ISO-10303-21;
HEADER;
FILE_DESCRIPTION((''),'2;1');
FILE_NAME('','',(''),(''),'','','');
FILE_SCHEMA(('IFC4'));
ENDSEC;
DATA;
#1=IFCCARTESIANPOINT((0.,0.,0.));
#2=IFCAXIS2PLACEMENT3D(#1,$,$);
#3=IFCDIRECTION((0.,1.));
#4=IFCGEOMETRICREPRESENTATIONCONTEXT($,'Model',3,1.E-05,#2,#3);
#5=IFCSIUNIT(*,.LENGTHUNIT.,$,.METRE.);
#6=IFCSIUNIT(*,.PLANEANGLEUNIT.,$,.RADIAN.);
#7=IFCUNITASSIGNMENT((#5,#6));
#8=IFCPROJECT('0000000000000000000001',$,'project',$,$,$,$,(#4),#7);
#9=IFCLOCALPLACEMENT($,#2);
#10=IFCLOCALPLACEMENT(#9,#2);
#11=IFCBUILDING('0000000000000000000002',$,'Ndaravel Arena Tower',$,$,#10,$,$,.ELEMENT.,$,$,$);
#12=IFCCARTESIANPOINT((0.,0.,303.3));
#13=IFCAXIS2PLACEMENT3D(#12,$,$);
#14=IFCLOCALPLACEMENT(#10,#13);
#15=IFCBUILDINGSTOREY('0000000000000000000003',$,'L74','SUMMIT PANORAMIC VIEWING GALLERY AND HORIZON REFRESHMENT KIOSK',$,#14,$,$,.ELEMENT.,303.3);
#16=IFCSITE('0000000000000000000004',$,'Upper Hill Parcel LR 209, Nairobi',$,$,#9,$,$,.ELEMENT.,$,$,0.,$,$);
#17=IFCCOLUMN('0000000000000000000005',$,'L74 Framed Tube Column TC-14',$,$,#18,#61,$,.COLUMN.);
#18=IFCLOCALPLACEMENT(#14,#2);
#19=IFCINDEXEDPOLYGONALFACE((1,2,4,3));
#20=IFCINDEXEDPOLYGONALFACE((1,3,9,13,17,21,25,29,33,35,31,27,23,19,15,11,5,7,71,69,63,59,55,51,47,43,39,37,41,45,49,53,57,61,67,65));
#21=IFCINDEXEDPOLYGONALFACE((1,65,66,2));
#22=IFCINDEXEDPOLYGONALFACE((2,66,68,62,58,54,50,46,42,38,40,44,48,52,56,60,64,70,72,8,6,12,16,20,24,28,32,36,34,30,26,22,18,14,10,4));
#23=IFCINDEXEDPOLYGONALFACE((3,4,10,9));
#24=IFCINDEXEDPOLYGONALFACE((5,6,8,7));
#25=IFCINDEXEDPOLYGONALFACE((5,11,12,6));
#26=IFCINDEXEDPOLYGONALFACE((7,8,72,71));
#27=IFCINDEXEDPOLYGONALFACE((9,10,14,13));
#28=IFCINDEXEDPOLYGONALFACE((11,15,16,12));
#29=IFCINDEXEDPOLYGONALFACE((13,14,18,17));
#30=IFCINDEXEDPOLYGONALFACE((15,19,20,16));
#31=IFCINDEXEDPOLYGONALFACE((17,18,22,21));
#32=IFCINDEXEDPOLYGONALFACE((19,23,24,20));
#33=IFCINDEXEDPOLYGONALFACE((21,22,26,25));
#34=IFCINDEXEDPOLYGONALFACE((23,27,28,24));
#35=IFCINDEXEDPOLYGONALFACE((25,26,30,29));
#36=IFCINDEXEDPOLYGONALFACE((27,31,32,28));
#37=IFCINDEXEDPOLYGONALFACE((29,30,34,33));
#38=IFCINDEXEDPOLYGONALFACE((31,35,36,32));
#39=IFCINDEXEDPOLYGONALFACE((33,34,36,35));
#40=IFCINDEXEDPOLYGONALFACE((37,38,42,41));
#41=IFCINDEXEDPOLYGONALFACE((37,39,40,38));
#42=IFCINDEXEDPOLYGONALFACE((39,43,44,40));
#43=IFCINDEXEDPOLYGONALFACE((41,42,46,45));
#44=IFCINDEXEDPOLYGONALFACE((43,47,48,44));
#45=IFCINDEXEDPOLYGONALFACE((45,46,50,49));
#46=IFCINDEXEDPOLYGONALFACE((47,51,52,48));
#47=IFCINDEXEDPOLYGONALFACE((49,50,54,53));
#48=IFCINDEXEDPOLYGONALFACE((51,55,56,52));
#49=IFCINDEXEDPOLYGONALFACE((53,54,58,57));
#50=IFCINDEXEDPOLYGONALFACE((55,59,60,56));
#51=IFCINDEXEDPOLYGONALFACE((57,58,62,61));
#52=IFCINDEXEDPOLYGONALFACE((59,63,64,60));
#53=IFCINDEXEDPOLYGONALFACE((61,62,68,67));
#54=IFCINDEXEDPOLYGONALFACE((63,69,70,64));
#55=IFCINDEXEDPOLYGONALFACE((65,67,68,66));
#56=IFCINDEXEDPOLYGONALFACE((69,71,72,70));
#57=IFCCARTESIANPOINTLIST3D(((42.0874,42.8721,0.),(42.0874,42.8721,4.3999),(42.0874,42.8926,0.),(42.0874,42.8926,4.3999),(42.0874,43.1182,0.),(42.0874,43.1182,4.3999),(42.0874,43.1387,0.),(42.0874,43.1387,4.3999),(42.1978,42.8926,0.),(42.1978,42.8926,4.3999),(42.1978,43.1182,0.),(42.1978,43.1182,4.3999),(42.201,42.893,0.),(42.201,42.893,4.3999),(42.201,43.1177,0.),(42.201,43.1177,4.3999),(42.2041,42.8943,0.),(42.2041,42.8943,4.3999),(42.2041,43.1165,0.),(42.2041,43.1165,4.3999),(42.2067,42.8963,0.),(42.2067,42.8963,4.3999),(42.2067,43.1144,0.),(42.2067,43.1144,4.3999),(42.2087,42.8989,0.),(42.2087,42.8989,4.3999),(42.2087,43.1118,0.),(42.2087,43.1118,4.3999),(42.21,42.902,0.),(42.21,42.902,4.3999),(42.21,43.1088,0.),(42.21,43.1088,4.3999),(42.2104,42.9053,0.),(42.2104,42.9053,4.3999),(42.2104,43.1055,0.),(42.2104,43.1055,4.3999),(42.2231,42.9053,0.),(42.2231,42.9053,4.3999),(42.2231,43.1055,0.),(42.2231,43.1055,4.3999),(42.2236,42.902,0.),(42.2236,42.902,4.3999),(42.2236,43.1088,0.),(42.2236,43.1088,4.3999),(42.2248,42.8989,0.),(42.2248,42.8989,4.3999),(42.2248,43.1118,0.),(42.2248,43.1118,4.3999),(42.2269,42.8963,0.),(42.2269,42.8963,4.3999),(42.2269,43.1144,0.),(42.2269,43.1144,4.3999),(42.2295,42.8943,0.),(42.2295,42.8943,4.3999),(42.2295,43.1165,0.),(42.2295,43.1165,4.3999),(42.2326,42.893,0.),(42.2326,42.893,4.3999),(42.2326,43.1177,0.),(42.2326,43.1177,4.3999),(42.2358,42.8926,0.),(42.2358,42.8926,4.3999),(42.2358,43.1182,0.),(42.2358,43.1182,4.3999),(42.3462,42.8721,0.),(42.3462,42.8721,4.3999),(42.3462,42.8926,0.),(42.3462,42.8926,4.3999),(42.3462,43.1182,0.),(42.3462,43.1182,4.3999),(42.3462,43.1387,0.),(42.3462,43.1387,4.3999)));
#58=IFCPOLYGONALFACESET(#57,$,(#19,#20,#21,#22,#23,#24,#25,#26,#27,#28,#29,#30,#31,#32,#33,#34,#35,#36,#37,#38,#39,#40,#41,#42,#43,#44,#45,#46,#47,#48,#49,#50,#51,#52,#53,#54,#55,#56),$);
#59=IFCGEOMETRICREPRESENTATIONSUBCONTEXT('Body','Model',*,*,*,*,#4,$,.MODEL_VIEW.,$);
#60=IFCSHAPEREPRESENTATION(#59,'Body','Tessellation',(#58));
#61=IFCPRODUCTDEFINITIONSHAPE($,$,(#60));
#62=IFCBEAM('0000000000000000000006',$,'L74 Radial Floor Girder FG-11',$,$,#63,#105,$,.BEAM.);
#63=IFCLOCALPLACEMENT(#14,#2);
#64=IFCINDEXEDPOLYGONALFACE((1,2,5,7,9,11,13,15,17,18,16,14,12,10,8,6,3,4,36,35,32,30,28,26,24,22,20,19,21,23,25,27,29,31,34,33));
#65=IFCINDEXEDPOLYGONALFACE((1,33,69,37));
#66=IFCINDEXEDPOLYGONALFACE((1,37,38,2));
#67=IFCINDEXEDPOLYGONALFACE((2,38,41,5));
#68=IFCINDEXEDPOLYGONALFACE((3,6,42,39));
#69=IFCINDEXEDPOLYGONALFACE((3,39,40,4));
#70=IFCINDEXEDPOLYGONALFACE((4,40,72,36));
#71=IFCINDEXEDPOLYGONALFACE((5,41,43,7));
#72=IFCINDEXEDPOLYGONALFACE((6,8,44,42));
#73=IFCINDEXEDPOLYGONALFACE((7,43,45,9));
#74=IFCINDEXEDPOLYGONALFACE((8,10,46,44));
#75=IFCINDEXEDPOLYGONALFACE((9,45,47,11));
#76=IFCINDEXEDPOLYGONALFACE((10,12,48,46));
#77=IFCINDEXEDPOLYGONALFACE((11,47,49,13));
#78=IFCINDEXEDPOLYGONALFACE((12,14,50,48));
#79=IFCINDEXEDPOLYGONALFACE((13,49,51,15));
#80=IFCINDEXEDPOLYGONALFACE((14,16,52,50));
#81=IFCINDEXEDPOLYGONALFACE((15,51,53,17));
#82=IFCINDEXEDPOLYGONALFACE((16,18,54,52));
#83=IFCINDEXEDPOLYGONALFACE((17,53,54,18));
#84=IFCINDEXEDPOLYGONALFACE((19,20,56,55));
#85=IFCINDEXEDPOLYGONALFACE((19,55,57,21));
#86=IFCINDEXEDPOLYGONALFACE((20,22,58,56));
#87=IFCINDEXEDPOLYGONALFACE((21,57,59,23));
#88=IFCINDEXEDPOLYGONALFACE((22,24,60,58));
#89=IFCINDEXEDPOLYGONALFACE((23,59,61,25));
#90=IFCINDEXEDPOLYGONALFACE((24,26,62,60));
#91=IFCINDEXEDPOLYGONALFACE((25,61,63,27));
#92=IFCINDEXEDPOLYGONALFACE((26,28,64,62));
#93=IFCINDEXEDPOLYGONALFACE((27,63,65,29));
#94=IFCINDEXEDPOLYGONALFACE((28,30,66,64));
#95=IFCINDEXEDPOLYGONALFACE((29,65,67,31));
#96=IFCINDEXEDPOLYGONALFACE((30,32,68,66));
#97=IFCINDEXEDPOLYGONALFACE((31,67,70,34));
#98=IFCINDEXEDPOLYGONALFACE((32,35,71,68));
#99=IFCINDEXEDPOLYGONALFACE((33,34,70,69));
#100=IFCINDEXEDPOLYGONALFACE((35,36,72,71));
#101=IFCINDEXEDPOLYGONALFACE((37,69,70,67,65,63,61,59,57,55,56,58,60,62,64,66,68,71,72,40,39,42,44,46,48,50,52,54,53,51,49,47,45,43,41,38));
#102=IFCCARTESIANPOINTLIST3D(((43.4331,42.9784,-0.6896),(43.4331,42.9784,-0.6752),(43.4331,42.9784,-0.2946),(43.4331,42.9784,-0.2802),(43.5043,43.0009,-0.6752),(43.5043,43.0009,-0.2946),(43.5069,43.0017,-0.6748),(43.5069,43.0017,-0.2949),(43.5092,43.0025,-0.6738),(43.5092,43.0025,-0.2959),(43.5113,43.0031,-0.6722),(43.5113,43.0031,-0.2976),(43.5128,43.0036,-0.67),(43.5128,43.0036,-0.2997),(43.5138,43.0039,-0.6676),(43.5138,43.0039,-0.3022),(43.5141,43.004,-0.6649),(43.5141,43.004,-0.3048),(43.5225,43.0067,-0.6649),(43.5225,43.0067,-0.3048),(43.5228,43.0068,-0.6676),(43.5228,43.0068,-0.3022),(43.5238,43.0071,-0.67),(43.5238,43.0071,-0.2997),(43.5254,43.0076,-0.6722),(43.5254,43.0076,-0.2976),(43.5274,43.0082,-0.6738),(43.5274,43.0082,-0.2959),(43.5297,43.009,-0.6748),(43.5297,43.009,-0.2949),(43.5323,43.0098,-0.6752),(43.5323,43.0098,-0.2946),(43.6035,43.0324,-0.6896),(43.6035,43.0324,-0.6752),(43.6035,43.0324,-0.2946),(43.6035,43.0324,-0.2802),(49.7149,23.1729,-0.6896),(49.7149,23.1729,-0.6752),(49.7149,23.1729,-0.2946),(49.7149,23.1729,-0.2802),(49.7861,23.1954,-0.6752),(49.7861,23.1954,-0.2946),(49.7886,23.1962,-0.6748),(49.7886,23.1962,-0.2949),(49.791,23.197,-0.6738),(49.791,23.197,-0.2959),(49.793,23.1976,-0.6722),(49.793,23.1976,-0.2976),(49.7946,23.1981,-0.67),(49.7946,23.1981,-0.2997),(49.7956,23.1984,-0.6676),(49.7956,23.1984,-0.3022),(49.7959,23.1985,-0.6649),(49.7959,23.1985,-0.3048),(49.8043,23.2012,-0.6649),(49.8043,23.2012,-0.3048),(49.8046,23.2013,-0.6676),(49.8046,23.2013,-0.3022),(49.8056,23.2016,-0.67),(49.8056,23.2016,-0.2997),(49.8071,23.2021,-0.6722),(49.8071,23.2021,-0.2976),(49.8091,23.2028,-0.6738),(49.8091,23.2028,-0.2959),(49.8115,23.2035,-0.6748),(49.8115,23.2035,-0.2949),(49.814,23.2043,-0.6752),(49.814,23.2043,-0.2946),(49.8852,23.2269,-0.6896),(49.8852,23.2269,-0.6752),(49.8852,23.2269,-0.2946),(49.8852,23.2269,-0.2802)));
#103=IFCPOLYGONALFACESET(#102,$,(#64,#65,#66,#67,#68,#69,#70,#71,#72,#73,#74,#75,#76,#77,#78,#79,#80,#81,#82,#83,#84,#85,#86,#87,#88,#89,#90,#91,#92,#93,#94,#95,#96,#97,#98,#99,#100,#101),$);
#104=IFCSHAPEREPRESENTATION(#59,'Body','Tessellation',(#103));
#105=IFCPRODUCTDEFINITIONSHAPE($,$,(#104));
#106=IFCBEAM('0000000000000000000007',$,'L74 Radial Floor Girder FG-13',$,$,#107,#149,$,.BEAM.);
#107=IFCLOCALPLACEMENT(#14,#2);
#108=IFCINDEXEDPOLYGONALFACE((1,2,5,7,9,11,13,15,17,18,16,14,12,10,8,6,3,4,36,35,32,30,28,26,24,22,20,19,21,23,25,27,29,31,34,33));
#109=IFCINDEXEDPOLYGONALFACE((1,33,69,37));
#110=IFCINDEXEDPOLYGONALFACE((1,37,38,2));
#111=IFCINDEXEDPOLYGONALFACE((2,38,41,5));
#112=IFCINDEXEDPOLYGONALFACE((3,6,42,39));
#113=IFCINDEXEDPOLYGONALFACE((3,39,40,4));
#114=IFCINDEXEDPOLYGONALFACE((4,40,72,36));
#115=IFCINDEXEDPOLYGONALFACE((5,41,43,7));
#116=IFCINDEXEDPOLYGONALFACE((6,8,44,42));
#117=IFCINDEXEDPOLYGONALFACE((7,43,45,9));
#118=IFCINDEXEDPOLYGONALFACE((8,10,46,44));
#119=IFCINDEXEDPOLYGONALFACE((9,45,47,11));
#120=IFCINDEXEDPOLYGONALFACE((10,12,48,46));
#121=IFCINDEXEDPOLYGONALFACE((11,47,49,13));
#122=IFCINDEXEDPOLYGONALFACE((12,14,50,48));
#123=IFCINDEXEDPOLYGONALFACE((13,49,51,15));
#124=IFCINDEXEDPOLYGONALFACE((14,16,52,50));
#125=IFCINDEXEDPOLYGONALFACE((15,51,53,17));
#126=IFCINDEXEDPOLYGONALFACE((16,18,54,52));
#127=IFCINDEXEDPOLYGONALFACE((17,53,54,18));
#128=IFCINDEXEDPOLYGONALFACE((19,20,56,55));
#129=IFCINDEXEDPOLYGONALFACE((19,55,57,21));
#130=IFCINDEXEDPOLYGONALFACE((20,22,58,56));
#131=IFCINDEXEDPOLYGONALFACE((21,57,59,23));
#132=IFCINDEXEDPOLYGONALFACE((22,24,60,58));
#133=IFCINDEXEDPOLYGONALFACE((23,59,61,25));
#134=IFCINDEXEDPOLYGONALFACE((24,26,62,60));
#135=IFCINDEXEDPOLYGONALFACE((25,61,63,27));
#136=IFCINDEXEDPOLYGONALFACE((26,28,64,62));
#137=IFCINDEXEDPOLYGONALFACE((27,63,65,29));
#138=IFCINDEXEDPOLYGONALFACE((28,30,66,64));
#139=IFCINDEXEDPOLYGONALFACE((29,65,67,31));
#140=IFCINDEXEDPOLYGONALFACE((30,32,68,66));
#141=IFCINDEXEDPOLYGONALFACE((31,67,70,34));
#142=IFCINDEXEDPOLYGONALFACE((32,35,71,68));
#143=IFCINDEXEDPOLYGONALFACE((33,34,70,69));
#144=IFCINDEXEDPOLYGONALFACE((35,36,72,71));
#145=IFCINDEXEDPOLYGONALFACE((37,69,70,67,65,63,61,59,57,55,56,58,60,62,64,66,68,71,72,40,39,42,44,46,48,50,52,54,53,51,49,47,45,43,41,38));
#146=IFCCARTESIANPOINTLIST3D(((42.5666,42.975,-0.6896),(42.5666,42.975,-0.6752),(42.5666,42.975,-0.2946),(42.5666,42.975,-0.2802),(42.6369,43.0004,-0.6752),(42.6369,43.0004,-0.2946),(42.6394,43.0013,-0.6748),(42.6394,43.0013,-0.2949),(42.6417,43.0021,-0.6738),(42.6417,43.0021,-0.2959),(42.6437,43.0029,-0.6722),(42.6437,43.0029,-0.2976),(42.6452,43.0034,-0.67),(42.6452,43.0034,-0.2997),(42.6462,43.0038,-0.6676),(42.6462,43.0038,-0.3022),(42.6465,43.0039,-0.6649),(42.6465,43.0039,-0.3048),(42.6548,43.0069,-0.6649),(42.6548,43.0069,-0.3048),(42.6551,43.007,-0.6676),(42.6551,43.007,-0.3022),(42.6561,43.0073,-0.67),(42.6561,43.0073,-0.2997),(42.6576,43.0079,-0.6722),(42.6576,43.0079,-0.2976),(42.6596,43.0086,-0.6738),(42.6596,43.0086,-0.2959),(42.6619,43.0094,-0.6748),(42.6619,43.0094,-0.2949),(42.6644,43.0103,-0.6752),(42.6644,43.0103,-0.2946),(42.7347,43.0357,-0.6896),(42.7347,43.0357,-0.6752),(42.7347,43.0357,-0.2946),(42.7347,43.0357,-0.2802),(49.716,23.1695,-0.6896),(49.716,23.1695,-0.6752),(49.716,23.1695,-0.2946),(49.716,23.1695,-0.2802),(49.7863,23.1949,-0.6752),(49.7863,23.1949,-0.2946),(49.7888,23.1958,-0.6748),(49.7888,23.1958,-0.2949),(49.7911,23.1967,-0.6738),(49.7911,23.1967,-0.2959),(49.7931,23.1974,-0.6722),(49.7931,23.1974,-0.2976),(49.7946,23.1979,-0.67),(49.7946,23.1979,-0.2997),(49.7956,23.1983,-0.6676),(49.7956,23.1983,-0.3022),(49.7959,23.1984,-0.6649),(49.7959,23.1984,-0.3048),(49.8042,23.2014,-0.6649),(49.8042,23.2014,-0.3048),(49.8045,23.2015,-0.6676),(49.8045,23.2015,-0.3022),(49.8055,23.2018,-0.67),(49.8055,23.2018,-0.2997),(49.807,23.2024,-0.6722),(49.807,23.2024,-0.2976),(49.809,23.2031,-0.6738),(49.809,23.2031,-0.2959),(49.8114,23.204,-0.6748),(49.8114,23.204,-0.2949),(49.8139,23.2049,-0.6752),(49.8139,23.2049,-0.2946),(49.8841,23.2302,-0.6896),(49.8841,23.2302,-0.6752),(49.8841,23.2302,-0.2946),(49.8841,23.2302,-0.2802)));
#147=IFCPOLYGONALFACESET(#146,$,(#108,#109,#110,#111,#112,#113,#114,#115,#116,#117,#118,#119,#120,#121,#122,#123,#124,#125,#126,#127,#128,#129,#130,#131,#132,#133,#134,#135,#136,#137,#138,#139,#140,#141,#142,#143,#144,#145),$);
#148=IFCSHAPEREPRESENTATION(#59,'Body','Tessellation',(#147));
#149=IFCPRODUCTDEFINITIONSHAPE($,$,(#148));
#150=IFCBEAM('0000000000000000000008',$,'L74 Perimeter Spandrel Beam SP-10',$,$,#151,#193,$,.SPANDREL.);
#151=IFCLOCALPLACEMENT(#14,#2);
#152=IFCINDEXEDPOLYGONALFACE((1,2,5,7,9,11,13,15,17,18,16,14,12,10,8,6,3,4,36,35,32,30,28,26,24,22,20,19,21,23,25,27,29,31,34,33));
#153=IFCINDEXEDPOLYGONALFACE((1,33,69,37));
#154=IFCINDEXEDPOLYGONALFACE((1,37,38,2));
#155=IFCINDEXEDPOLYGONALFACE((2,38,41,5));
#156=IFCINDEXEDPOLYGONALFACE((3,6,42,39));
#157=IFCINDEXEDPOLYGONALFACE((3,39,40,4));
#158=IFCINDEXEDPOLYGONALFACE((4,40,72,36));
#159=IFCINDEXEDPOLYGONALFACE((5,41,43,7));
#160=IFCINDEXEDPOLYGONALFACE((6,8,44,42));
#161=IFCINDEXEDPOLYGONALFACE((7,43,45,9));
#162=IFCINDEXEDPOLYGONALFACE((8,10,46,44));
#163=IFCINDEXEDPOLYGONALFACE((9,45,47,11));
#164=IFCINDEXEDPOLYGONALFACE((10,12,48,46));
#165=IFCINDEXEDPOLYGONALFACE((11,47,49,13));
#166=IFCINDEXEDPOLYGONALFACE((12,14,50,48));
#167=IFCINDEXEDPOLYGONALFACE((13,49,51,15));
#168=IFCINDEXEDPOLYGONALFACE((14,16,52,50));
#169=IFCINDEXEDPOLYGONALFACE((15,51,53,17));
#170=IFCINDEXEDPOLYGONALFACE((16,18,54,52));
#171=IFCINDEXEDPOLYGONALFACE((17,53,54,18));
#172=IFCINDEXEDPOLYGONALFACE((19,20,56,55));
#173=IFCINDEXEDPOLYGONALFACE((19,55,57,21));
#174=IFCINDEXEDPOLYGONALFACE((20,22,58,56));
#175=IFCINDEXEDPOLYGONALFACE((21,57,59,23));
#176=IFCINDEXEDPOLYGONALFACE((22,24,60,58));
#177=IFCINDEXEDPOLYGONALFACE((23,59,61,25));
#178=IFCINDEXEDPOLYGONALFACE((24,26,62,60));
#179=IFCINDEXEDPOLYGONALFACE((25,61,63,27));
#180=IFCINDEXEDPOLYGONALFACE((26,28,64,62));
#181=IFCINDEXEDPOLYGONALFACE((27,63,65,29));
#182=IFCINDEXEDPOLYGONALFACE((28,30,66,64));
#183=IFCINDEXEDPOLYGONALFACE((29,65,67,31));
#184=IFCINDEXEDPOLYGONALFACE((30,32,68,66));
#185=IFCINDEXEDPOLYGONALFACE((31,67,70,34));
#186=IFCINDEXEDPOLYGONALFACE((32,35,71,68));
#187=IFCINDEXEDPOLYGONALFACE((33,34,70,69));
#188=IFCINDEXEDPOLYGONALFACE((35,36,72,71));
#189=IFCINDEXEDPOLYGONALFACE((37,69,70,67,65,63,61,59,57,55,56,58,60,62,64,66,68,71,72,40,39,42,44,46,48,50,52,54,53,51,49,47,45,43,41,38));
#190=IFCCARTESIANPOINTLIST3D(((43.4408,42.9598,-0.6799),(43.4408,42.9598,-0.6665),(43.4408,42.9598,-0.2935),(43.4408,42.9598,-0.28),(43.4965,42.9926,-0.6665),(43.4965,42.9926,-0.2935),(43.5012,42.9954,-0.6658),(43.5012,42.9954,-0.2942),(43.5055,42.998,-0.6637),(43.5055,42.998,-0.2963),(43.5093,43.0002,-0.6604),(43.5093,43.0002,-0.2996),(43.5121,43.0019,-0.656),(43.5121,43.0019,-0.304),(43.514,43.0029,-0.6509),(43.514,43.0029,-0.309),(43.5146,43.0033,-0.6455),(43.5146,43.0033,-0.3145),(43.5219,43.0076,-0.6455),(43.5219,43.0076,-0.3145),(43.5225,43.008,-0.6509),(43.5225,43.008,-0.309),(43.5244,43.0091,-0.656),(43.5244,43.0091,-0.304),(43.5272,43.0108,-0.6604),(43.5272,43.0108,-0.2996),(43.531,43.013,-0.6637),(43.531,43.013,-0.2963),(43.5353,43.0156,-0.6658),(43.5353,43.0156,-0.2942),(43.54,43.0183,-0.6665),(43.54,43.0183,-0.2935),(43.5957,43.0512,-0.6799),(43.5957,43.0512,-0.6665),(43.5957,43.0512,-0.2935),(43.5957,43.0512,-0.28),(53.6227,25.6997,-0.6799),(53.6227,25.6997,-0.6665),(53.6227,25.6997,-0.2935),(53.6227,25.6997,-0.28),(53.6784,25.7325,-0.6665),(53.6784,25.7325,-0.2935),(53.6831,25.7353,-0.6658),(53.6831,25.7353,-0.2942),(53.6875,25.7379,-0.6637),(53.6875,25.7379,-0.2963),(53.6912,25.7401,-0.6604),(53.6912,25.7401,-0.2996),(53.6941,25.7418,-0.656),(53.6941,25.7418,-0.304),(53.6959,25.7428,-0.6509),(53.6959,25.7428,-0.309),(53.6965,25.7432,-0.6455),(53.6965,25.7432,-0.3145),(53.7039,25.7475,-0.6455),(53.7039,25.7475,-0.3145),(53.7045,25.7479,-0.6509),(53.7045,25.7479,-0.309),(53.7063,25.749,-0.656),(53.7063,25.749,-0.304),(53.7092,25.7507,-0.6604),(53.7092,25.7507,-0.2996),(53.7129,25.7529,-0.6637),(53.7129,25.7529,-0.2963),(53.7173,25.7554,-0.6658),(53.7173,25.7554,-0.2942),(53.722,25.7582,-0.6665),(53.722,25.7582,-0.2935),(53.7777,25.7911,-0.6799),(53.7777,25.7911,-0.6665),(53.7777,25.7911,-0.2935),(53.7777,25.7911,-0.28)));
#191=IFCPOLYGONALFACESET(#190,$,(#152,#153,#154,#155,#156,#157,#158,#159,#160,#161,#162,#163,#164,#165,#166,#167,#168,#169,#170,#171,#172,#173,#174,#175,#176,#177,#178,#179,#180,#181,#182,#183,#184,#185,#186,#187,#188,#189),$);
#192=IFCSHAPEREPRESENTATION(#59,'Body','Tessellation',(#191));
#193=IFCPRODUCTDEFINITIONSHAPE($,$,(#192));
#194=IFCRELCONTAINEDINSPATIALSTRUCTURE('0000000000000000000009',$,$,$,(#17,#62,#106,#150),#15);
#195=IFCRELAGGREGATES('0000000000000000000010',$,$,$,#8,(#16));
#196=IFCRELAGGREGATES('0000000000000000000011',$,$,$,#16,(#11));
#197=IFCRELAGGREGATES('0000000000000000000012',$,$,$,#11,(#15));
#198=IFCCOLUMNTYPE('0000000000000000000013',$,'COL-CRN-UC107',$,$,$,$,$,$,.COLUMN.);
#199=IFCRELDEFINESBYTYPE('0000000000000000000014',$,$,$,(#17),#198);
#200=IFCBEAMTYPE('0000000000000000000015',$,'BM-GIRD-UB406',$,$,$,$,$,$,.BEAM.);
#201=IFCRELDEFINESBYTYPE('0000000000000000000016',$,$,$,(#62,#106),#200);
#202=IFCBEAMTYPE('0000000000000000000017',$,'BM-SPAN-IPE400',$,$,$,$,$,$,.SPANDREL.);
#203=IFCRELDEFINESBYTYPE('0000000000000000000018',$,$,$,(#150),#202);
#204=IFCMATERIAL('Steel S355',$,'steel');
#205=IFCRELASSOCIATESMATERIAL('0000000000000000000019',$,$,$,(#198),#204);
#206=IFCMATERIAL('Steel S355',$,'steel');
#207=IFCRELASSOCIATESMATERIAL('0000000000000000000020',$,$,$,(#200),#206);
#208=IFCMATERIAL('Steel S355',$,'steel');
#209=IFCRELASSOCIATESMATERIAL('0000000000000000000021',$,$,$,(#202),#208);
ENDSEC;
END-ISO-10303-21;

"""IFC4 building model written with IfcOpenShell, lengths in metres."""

from ifc_helpers import new_model, si_unit, direction, frame, origin, origin_2d, place, context, subcontext, project, spatial, i_section, extrude, material, material_profile, profile_set, type_object, element, save


model = new_model("IFC4")

# Units and contexts
model_context = context("Model", 3, precision=1e-05, world=origin(), true_north=direction((0.0, 1.0)))
body_context = subcontext(model_context, "Body", "Model", "MODEL_VIEW")
ifc_project = project(units=[si_unit("LENGTHUNIT", "METRE"), si_unit("PLANEANGLEUNIT", "RADIAN")], contexts=[model_context])

# Site, building, storey
site_placement = place(None, origin())
site = spatial("IfcSite", under=ifc_project, at=site_placement, Name="Upper Hill Parcel LR 209, Nairobi", CompositionType="ELEMENT", RefElevation=0.0)
building_placement = place(site_placement, origin())
building = spatial("IfcBuilding", under=site, at=building_placement, Name="Ndaravel Arena Tower", CompositionType="ELEMENT")
storey_placement = place(building_placement, frame((0.0, 0.0, 303.3)))
storey = spatial("IfcBuildingStorey", under=building, at=storey_placement, Name="L74", Description="SUMMIT PANORAMIC VIEWING GALLERY AND HORIZON REFRESHMENT KIOSK", CompositionType="ELEMENT", Elevation=303.3)

# Column
ifc_material_1 = material(Name="Steel S355", Category="steel")
ifc_material_profile_1 = material_profile(ifc_material_1, i_section(OverallWidth=0.2588, OverallDepth=0.2666, WebThickness=0.0127, FlangeThickness=0.0205, FilletRadius=0.0127, at=origin_2d()), Name="UC 254x254x107")
ifc_profile_set_1 = profile_set([ifc_material_profile_1], Name="Steel S355")
column_type = type_object("IfcColumnType", Name="COL-CRN-UC107", PredefinedType="COLUMN", material=ifc_profile_set_1)
for number, where, z_axis, x_axis, name in (
    (1, (42.2168, 43.0054, 0.0), (0.0, 0.0, 1.0), (1.0, 0.0, 0.0), "L74 Framed Tube Column TC-14"),
):
    element("IfcColumn", number, at=place(storey_placement, frame(where, z_axis=z_axis, x_axis=x_axis)), inside=storey, type_object=column_type, Name=name, PredefinedType="COLUMN", context=body_context, shape_type="SweptSolid", body=[
        extrude(i_section(OverallWidth=0.2588, OverallDepth=0.2666, WebThickness=0.0127, FlangeThickness=0.0205, FilletRadius=0.0127, at=origin_2d()), origin(), (0.0, 0.0, 1.0), 4.3999),
    ])

# Beams
ifc_material_2 = material(Name="Steel S355", Category="steel")
ifc_material_profile_2 = material_profile(ifc_material_2, i_section(OverallWidth=0.1787, OverallDepth=0.4094, WebThickness=0.0088, FlangeThickness=0.0144, FilletRadius=0.0103, at=origin_2d()), Name="UB 406x178x67")
ifc_profile_set_2 = profile_set([ifc_material_profile_2], Name="Steel S355")
beam_type_1 = type_object("IfcBeamType", Name="BM-GIRD-UB406", PredefinedType="BEAM", material=ifc_profile_set_2)
beam_1_placement = place(storey_placement, frame((43.5183, 43.0054, -0.4849), z_axis=(0.30233, -0.953203, 0.0), x_axis=(0.953203, 0.30233, 0.0)))
element("IfcBeam", 2, at=beam_1_placement, inside=storey, type_object=beam_type_1, Name="L74 Radial Floor Girder FG-11", PredefinedType="BEAM", context=body_context, shape_type="SweptSolid", body=[
    extrude(i_section(OverallWidth=0.1787, OverallDepth=0.4094, WebThickness=0.0088, FlangeThickness=0.0144, FilletRadius=0.0103, at=origin_2d()), origin(), (0.0, 0.0, 1.0), 20.7778),
])
beam_2_placement = place(storey_placement, frame((42.6506, 43.0054, -0.4849), z_axis=(0.339538, -0.940592, 0.0), x_axis=(0.940592, 0.339538, 0.0)))
element("IfcBeam", 3, at=beam_2_placement, inside=storey, type_object=beam_type_1, Name="L74 Radial Floor Girder FG-13", PredefinedType="BEAM", context=body_context, shape_type="SweptSolid", body=[
    extrude(i_section(OverallWidth=0.1787, OverallDepth=0.4094, WebThickness=0.0088, FlangeThickness=0.0144, FilletRadius=0.0103, at=origin_2d()), origin(), (0.0, 0.0, 1.0), 21.0564),
])
ifc_material_3 = material(Name="Steel S355", Category="steel")
ifc_material_profile_3 = material_profile(ifc_material_3, i_section(OverallWidth=0.1799, OverallDepth=0.3999, WebThickness=0.0085, FlangeThickness=0.0134, FilletRadius=0.021, at=origin_2d()), Name="IPE 400")
ifc_profile_set_3 = profile_set([ifc_material_profile_3], Name="Steel S355")
beam_type_2 = type_object("IfcBeamType", Name="BM-SPAN-IPE400", PredefinedType="SPANDREL", material=ifc_profile_set_3)
beam_3_placement = place(storey_placement, frame((53.7002, 25.7454, -0.48), z_axis=(-0.508093, 0.861302, 0.0), x_axis=(-0.861302, -0.508093, 0.0)))
element("IfcBeam", 4, at=beam_3_placement, inside=storey, type_object=beam_type_2, Name="L74 Perimeter Spandrel Beam SP-10", PredefinedType="SPANDREL", context=body_context, shape_type="SweptSolid", body=[
    extrude(i_section(OverallWidth=0.1799, OverallDepth=0.3999, WebThickness=0.0085, FlangeThickness=0.0134, FilletRadius=0.021, at=origin_2d()), origin(), (0.0, 0.0, 1.0), 20.0396),
])

save(model, "model.ifc")
